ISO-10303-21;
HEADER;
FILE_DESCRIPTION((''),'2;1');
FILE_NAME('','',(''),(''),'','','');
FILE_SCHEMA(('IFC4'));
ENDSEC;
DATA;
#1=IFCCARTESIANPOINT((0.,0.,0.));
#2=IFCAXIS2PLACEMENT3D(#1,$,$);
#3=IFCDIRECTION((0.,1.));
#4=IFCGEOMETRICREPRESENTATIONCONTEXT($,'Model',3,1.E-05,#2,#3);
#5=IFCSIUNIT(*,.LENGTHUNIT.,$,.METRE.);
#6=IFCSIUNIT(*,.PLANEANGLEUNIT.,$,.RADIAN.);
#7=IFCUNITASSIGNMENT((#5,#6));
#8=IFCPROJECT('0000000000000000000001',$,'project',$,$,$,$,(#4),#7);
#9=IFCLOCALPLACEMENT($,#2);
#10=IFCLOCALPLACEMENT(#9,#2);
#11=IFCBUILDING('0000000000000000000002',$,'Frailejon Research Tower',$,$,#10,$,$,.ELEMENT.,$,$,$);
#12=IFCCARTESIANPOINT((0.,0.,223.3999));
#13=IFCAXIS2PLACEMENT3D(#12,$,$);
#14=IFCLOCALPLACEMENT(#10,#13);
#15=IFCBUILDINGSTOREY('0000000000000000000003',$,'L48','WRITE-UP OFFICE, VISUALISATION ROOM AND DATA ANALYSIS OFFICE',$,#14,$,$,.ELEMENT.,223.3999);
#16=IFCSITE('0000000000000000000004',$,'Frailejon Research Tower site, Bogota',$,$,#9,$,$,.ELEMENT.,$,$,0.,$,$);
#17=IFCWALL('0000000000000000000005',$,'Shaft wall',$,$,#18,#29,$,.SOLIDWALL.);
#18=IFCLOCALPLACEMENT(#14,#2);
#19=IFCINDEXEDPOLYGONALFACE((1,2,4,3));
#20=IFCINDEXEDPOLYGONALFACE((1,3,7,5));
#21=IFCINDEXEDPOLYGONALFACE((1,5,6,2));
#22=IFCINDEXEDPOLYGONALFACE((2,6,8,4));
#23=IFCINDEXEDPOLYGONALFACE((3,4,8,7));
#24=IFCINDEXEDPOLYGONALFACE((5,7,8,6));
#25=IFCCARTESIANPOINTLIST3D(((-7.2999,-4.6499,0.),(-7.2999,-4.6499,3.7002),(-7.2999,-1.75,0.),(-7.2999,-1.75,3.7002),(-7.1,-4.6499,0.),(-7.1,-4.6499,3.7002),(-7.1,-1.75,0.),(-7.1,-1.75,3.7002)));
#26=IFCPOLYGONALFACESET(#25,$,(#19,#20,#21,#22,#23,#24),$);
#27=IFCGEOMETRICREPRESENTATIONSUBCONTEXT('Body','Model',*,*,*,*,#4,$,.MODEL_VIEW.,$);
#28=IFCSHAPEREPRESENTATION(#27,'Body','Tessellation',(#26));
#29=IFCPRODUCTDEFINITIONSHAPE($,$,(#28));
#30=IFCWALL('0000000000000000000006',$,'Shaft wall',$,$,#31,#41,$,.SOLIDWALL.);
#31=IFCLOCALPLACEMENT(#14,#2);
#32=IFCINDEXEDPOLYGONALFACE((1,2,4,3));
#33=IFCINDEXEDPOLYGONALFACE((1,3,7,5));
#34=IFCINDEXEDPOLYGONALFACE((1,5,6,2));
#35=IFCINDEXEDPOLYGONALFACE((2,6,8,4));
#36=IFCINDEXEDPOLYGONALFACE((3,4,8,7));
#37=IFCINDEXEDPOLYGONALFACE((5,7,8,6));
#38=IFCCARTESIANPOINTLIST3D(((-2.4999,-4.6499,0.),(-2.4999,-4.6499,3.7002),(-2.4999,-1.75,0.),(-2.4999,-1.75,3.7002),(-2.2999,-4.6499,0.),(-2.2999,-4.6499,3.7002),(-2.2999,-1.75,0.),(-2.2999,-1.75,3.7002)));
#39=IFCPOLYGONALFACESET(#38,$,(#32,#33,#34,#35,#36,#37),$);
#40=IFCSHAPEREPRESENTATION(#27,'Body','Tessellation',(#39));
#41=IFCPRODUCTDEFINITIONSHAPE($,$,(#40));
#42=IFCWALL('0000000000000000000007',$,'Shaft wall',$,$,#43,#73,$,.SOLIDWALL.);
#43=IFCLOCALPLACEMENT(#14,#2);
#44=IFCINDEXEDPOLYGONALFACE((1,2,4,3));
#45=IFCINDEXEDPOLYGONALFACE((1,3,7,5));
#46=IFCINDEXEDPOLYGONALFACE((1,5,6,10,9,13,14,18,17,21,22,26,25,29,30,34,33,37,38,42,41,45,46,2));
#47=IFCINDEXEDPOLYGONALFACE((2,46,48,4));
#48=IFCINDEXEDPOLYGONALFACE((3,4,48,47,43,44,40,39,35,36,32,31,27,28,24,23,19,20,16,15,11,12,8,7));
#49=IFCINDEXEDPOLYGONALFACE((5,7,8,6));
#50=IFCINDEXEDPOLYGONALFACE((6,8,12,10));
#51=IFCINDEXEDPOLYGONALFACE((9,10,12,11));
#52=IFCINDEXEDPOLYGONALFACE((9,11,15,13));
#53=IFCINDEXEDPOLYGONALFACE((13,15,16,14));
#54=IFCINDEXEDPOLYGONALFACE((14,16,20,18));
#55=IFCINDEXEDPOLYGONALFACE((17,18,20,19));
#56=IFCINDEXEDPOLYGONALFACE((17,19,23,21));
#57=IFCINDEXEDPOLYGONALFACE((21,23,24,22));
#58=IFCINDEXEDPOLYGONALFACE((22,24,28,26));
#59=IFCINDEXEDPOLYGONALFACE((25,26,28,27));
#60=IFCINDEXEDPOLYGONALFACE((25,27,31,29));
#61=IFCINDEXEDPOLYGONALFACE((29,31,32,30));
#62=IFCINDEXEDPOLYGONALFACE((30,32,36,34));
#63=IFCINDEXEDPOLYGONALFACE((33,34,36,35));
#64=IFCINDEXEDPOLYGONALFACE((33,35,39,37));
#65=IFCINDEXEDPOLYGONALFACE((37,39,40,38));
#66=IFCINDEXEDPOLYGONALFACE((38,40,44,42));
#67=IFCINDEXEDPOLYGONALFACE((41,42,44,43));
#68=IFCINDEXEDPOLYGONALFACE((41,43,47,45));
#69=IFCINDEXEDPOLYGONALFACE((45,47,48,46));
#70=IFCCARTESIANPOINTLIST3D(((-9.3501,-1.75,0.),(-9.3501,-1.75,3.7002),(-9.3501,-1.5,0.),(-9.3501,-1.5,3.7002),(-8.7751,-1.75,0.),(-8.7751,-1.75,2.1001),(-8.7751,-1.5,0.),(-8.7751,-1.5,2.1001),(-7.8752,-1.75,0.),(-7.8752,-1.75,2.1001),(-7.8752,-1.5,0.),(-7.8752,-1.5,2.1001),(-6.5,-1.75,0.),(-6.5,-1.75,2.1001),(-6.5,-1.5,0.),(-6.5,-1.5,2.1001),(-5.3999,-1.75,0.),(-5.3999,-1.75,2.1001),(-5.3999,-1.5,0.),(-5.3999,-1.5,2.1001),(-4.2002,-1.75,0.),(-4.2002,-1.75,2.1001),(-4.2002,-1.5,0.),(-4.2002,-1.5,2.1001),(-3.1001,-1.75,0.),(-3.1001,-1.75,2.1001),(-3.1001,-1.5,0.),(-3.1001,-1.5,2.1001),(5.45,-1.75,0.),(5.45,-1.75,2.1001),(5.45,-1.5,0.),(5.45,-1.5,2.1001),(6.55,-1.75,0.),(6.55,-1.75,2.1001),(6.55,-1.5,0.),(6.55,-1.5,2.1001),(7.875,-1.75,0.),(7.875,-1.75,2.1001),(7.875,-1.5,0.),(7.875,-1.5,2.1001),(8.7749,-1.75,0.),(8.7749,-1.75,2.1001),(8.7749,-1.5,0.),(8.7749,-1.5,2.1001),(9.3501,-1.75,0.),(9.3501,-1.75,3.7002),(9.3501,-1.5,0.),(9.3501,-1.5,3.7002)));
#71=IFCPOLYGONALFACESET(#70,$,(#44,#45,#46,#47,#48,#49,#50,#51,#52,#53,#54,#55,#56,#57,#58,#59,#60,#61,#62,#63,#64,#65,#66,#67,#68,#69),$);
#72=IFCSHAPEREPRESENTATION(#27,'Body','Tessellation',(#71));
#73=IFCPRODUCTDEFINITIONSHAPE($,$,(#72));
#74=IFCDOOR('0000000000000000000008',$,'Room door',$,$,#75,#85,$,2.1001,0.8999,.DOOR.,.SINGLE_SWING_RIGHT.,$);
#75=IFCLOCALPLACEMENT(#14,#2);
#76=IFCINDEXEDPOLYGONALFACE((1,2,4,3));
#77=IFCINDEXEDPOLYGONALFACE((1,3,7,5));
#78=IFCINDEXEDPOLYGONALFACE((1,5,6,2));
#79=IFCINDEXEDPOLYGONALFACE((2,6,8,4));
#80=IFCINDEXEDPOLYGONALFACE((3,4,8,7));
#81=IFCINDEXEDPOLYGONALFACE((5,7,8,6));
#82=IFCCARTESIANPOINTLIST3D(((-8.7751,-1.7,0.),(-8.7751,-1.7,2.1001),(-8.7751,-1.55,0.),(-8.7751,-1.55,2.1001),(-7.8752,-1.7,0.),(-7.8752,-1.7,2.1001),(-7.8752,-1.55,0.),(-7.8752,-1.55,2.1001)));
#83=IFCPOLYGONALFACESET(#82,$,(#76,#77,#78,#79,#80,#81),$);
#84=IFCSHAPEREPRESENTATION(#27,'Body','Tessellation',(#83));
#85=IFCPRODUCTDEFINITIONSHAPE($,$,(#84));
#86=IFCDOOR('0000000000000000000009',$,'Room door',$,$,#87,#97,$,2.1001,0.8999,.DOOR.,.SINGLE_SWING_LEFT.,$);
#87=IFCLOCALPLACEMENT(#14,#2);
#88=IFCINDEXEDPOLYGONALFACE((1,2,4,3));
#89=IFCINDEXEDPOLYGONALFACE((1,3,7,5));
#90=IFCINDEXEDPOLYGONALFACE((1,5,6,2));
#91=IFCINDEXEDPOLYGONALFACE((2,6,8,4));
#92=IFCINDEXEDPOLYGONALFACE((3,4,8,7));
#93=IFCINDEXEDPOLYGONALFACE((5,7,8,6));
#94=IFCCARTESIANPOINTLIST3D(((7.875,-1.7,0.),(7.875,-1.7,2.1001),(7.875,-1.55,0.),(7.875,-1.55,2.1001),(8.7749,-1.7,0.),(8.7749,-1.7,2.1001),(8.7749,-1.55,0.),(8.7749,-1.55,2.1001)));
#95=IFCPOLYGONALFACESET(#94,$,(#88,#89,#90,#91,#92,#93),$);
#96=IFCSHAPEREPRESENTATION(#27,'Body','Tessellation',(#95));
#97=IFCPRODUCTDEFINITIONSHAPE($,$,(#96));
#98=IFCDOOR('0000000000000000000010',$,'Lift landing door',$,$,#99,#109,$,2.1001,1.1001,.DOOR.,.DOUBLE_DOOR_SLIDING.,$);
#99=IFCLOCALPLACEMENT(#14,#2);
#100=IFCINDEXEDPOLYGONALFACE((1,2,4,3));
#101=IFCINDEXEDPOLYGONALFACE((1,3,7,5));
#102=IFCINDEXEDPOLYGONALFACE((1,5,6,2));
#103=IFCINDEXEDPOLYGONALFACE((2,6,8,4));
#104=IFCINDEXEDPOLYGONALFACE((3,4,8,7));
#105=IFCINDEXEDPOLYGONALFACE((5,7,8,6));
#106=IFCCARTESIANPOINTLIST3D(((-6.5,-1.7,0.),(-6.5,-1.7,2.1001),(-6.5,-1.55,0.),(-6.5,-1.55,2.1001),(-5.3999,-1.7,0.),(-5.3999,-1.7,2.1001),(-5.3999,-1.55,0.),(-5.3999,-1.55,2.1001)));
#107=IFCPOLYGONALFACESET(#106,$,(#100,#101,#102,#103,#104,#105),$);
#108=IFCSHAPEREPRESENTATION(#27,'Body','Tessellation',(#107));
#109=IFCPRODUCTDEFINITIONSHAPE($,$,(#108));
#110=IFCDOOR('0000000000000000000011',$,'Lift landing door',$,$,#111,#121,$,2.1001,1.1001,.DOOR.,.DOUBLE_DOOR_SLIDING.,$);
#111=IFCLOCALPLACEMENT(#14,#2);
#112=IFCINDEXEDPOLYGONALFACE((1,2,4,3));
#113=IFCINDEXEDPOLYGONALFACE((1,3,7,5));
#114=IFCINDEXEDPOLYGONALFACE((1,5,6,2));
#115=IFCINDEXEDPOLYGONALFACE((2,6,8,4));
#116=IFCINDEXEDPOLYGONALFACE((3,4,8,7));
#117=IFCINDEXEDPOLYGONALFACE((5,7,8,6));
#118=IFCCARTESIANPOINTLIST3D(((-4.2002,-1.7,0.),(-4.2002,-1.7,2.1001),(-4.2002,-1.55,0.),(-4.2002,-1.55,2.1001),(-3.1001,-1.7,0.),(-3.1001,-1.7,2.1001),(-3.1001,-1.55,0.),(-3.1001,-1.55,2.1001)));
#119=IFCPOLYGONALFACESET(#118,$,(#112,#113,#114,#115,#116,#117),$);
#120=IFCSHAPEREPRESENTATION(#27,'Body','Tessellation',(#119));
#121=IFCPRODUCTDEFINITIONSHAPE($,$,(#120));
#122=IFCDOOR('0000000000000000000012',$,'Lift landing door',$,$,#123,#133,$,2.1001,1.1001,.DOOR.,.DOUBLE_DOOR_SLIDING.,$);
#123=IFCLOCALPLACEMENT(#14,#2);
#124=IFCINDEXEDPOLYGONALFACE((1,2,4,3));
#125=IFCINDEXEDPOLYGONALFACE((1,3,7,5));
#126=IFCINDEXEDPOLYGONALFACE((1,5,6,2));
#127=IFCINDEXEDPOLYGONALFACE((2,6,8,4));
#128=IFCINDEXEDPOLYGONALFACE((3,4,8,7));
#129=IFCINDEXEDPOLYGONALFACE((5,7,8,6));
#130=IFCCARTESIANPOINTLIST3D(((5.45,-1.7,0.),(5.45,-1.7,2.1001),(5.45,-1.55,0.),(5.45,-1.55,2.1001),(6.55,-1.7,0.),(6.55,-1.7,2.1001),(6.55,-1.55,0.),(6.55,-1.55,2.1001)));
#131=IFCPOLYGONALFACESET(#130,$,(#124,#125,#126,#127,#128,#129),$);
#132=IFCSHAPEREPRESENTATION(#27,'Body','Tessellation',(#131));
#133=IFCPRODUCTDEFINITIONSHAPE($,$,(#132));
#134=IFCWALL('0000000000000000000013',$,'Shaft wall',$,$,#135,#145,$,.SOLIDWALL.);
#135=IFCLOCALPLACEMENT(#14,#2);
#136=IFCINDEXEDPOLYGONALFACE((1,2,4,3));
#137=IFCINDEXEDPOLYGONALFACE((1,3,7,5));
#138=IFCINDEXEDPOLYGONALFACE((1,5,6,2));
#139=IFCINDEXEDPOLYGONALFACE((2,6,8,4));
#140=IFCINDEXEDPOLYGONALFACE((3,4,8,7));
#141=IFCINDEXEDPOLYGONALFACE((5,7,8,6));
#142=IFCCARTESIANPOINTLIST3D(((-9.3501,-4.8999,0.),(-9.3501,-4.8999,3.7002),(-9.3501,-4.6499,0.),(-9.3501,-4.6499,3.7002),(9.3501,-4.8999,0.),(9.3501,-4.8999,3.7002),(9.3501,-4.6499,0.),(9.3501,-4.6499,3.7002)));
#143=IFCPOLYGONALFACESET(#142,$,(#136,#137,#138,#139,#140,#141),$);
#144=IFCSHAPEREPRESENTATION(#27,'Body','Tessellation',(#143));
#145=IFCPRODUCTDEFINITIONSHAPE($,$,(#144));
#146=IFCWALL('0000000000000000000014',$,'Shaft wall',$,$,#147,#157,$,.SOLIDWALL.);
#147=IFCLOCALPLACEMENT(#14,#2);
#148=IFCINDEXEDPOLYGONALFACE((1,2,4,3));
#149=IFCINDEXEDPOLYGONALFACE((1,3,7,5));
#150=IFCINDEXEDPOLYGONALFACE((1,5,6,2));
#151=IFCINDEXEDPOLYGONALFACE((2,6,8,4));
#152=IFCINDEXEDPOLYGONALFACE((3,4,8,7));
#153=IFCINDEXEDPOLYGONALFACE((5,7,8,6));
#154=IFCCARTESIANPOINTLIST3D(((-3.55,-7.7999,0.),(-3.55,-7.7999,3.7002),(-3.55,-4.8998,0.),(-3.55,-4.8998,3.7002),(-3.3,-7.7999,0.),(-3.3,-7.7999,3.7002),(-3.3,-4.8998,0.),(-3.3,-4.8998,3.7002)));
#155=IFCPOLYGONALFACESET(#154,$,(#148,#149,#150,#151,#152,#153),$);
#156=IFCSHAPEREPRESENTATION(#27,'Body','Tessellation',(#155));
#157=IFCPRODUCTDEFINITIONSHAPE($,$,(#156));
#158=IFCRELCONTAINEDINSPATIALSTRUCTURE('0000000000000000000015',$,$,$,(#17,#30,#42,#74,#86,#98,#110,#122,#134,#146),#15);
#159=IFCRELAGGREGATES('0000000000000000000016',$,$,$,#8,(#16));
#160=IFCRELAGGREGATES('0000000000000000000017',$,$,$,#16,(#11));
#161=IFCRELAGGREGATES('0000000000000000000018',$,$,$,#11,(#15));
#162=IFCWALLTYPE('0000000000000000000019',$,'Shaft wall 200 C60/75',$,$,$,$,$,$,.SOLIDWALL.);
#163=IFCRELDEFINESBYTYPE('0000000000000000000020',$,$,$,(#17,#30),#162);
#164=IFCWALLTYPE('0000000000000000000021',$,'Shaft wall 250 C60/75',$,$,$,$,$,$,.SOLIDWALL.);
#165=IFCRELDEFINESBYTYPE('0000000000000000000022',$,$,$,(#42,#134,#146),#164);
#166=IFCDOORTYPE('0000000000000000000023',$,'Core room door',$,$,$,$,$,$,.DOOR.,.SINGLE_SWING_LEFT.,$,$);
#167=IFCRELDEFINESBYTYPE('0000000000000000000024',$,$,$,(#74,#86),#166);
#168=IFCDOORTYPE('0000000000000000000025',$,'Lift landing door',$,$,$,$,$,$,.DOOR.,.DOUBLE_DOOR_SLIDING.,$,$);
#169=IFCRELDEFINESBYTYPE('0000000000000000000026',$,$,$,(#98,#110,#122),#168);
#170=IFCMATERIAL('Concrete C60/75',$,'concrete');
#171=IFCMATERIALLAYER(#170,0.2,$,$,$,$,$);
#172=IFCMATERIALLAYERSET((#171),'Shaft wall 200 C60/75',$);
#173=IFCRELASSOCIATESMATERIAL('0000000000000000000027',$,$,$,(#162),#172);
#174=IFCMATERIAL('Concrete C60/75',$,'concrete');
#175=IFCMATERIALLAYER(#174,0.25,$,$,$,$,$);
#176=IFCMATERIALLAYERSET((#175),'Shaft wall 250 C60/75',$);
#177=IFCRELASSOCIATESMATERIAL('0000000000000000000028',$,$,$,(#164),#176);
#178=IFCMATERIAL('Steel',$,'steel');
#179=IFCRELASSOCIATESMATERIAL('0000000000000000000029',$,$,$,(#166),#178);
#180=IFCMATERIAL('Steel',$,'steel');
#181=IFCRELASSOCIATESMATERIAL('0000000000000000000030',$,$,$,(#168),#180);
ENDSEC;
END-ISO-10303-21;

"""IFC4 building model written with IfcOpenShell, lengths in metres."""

from ifc_helpers import new_model, si_unit, direction, frame, frame_2d, origin, place, context, subcontext, project, spatial, rectangle, extrude, material, layer, layer_set, type_object, element, fill, save


model = new_model("IFC4")

# Units and contexts
model_context = context("Model", 3, precision=1e-05, world=origin(), true_north=direction((0.0, 1.0)))
body_context = subcontext(model_context, "Body", "Model", "MODEL_VIEW")
ifc_project = project(units=[si_unit("LENGTHUNIT", "METRE"), si_unit("PLANEANGLEUNIT", "RADIAN")], contexts=[model_context])

# Site, building, storey
site_placement = place(None, origin())
site = spatial("IfcSite", under=ifc_project, at=site_placement, Name="Frailejon Research Tower site, Bogota", CompositionType="ELEMENT", RefElevation=0.0)
building_placement = place(site_placement, origin())
building = spatial("IfcBuilding", under=site, at=building_placement, Name="Frailejon Research Tower", CompositionType="ELEMENT")
storey_placement = place(building_placement, frame((0.0, 0.0, 223.3999)))
storey = spatial("IfcBuildingStorey", under=building, at=storey_placement, Name="L48", Description="WRITE-UP OFFICE, VISUALISATION ROOM AND DATA ANALYSIS OFFICE", CompositionType="ELEMENT", Elevation=223.3999)

# Walls
ifc_material_1 = material(Name="Concrete C60/75", Category="concrete")
ifc_layer_1 = layer(ifc_material_1, 0.2)
ifc_layer_set_1 = layer_set([ifc_layer_1], Name="Shaft wall 200 C60/75")
wall_type_1 = type_object("IfcWallType", Name="Shaft wall 200 C60/75", PredefinedType="SOLIDWALL", material=ifc_layer_set_1)
for number, where, z_axis, x_axis, name in (
    (1, (-7.2, -4.6499, 0.0), (0.0, 0.0, 1.0), (0.0, 1.0, 0.0), "Shaft wall"),
    (2, (-2.3999, -4.6499, 0.0), (0.0, 0.0, 1.0), (0.0, 1.0, 0.0), "Shaft wall"),
):
    element("IfcWall", number, at=place(storey_placement, frame(where, z_axis=z_axis, x_axis=x_axis)), inside=storey, type_object=wall_type_1, Name=name, PredefinedType="SOLIDWALL", context=body_context, shape_type="SweptSolid", body=[
        extrude(rectangle(XDim=2.8999, YDim=0.2, at=frame_2d((1.45, 0.0))), origin(), (0.0, 0.0, 1.0), 3.7002),
    ])

# Wall, openings, doors
ifc_material_2 = material(Name="Concrete C60/75", Category="concrete")
ifc_layer_2 = layer(ifc_material_2, 0.25)
ifc_layer_set_2 = layer_set([ifc_layer_2], Name="Shaft wall 250 C60/75")
wall_type_2 = type_object("IfcWallType", Name="Shaft wall 250 C60/75", PredefinedType="SOLIDWALL", material=ifc_layer_set_2)
wall_1_placement = place(storey_placement, frame((-9.3501, -1.625, 0.0), z_axis=(0.0, 0.0, 1.0), x_axis=(1.0, 0.0, 0.0)))
wall_1 = element("IfcWall", 3, at=wall_1_placement, inside=storey, type_object=wall_type_2, Name="Shaft wall", PredefinedType="SOLIDWALL", context=body_context, shape_type="SweptSolid", body=[
    extrude(rectangle(XDim=18.7002, YDim=0.25, at=frame_2d((9.3501, 0.0))), origin(), (0.0, 0.0, 1.0), 3.7002),
])
opening_1_placement = place(wall_1_placement, frame((2.8501, 0.0, 0.0)))
opening_1 = element("IfcOpeningElement", 4, at=opening_1_placement, cuts=wall_1, PredefinedType="OPENING", context=body_context, shape_type="SweptSolid", body=[
    extrude(rectangle(XDim=1.1001, YDim=2.1001, at=frame_2d((0.55, 1.05))), frame((0.0, 0.135, 0.0), z_axis=(0.0, -1.0, 0.0), x_axis=(1.0, 0.0, 0.0)), (0.0, 0.0, 1.0), 0.27),
])
opening_2_placement = place(wall_1_placement, frame((5.1499, 0.0, 0.0)))
opening_2 = element("IfcOpeningElement", 5, at=opening_2_placement, cuts=wall_1, PredefinedType="OPENING", context=body_context, shape_type="SweptSolid", body=[
    extrude(rectangle(XDim=1.1001, YDim=2.1001, at=frame_2d((0.55, 1.05))), frame((0.0, 0.135, 0.0), z_axis=(0.0, -1.0, 0.0), x_axis=(1.0, 0.0, 0.0)), (0.0, 0.0, 1.0), 0.27),
])
opening_3_placement = place(wall_1_placement, frame((14.8, 0.0, 0.0)))
opening_3 = element("IfcOpeningElement", 6, at=opening_3_placement, cuts=wall_1, PredefinedType="OPENING", context=body_context, shape_type="SweptSolid", body=[
    extrude(rectangle(XDim=1.1001, YDim=2.1001, at=frame_2d((0.55, 1.05))), frame((0.0, 0.135, 0.0), z_axis=(0.0, -1.0, 0.0), x_axis=(1.0, 0.0, 0.0)), (0.0, 0.0, 1.0), 0.27),
])
opening_4_placement = place(wall_1_placement, frame((0.575, 0.0, 0.0)))
opening_4 = element("IfcOpeningElement", 7, at=opening_4_placement, cuts=wall_1, PredefinedType="OPENING", context=body_context, shape_type="SweptSolid", body=[
    extrude(rectangle(XDim=0.8999, YDim=2.1001, at=frame_2d((0.45, 1.05))), frame((0.0, 0.135, 0.0), z_axis=(0.0, -1.0, 0.0), x_axis=(1.0, 0.0, 0.0)), (0.0, 0.0, 1.0), 0.27),
])
opening_5_placement = place(wall_1_placement, frame((17.2251, 0.0, 0.0)))
opening_5 = element("IfcOpeningElement", 8, at=opening_5_placement, cuts=wall_1, PredefinedType="OPENING", context=body_context, shape_type="SweptSolid", body=[
    extrude(rectangle(XDim=0.8999, YDim=2.1001, at=frame_2d((0.45, 1.05))), frame((0.0, 0.135, 0.0), z_axis=(0.0, -1.0, 0.0), x_axis=(1.0, 0.0, 0.0)), (0.0, 0.0, 1.0), 0.27),
])
ifc_material_3 = material(Name="Steel", Category="steel")
door_type_1 = type_object("IfcDoorType", Name="Core room door", OperationType="SINGLE_SWING_LEFT", PredefinedType="DOOR", material=ifc_material_3)
door_1_placement = place(opening_4_placement, origin())
door_1 = element("IfcDoor", 9, at=door_1_placement, inside=storey, type_object=door_type_1, Name="Room door", OperationType="SINGLE_SWING_RIGHT", OverallHeight=2.1001, OverallWidth=0.8999, PredefinedType="DOOR", context=body_context, shape_type="SweptSolid", body=[
    extrude(rectangle(XDim=0.8999, YDim=2.1001, at=frame_2d((0.45, 1.05))), frame((0.0, 0.075, 0.0), z_axis=(0.0, -1.0, 0.0), x_axis=(1.0, 0.0, 0.0)), (0.0, 0.0, 1.0), 0.1499),
])
fill(opening_4, door_1)
door_2_placement = place(opening_5_placement, origin())
door_2 = element("IfcDoor", 10, at=door_2_placement, inside=storey, type_object=door_type_1, Name="Room door", OperationType="SINGLE_SWING_LEFT", OverallHeight=2.1001, OverallWidth=0.8999, PredefinedType="DOOR", context=body_context, shape_type="SweptSolid", body=[
    extrude(rectangle(XDim=0.8999, YDim=2.1001, at=frame_2d((0.45, 1.05))), frame((0.0, 0.075, 0.0), z_axis=(0.0, -1.0, 0.0), x_axis=(1.0, 0.0, 0.0)), (0.0, 0.0, 1.0), 0.1499),
])
fill(opening_5, door_2)
ifc_material_4 = material(Name="Steel", Category="steel")
door_type_2 = type_object("IfcDoorType", Name="Lift landing door", OperationType="DOUBLE_DOOR_SLIDING", PredefinedType="DOOR", material=ifc_material_4)
door_3_placement = place(opening_1_placement, origin())
door_3 = element("IfcDoor", 11, at=door_3_placement, inside=storey, type_object=door_type_2, Name="Lift landing door", OperationType="DOUBLE_DOOR_SLIDING", OverallHeight=2.1001, OverallWidth=1.1001, PredefinedType="DOOR", context=body_context, shape_type="SweptSolid", body=[
    extrude(rectangle(XDim=1.1001, YDim=2.1001, at=frame_2d((0.55, 1.05))), frame((0.0, 0.075, 0.0), z_axis=(0.0, -1.0, 0.0), x_axis=(1.0, 0.0, 0.0)), (0.0, 0.0, 1.0), 0.1499),
])
fill(opening_1, door_3)
door_4_placement = place(opening_2_placement, origin())
door_4 = element("IfcDoor", 12, at=door_4_placement, inside=storey, type_object=door_type_2, Name="Lift landing door", OperationType="DOUBLE_DOOR_SLIDING", OverallHeight=2.1001, OverallWidth=1.1001, PredefinedType="DOOR", context=body_context, shape_type="SweptSolid", body=[
    extrude(rectangle(XDim=1.1001, YDim=2.1001, at=frame_2d((0.55, 1.05))), frame((0.0, 0.075, 0.0), z_axis=(0.0, -1.0, 0.0), x_axis=(1.0, 0.0, 0.0)), (0.0, 0.0, 1.0), 0.1499),
])
fill(opening_2, door_4)
door_5_placement = place(opening_3_placement, origin())
door_5 = element("IfcDoor", 13, at=door_5_placement, inside=storey, type_object=door_type_2, Name="Lift landing door", OperationType="DOUBLE_DOOR_SLIDING", OverallHeight=2.1001, OverallWidth=1.1001, PredefinedType="DOOR", context=body_context, shape_type="SweptSolid", body=[
    extrude(rectangle(XDim=1.1001, YDim=2.1001, at=frame_2d((0.55, 1.05))), frame((0.0, 0.075, 0.0), z_axis=(0.0, -1.0, 0.0), x_axis=(1.0, 0.0, 0.0)), (0.0, 0.0, 1.0), 0.1499),
])
fill(opening_3, door_5)

# Walls
wall_2_placement = place(storey_placement, frame((-9.3501, -4.7749, 0.0), z_axis=(0.0, 0.0, 1.0), x_axis=(1.0, 0.0, 0.0)))
element("IfcWall", 14, at=wall_2_placement, inside=storey, type_object=wall_type_2, Name="Shaft wall", PredefinedType="SOLIDWALL", context=body_context, shape_type="SweptSolid", body=[
    extrude(rectangle(XDim=18.7002, YDim=0.25, at=frame_2d((9.3501, 0.0))), origin(), (0.0, 0.0, 1.0), 3.7002),
])
wall_3_placement = place(storey_placement, frame((-3.425, -7.8, 0.0), z_axis=(0.0, 0.0, 1.0), x_axis=(0.0, 1.0, 0.0)))
element("IfcWall", 15, at=wall_3_placement, inside=storey, type_object=wall_type_2, Name="Shaft wall", PredefinedType="SOLIDWALL", context=body_context, shape_type="SweptSolid", body=[
    extrude(rectangle(XDim=2.9001, YDim=0.25, at=frame_2d((1.4502, 0.0))), origin(), (0.0, 0.0, 1.0), 3.7002),
])

save(model, "model.ifc")
